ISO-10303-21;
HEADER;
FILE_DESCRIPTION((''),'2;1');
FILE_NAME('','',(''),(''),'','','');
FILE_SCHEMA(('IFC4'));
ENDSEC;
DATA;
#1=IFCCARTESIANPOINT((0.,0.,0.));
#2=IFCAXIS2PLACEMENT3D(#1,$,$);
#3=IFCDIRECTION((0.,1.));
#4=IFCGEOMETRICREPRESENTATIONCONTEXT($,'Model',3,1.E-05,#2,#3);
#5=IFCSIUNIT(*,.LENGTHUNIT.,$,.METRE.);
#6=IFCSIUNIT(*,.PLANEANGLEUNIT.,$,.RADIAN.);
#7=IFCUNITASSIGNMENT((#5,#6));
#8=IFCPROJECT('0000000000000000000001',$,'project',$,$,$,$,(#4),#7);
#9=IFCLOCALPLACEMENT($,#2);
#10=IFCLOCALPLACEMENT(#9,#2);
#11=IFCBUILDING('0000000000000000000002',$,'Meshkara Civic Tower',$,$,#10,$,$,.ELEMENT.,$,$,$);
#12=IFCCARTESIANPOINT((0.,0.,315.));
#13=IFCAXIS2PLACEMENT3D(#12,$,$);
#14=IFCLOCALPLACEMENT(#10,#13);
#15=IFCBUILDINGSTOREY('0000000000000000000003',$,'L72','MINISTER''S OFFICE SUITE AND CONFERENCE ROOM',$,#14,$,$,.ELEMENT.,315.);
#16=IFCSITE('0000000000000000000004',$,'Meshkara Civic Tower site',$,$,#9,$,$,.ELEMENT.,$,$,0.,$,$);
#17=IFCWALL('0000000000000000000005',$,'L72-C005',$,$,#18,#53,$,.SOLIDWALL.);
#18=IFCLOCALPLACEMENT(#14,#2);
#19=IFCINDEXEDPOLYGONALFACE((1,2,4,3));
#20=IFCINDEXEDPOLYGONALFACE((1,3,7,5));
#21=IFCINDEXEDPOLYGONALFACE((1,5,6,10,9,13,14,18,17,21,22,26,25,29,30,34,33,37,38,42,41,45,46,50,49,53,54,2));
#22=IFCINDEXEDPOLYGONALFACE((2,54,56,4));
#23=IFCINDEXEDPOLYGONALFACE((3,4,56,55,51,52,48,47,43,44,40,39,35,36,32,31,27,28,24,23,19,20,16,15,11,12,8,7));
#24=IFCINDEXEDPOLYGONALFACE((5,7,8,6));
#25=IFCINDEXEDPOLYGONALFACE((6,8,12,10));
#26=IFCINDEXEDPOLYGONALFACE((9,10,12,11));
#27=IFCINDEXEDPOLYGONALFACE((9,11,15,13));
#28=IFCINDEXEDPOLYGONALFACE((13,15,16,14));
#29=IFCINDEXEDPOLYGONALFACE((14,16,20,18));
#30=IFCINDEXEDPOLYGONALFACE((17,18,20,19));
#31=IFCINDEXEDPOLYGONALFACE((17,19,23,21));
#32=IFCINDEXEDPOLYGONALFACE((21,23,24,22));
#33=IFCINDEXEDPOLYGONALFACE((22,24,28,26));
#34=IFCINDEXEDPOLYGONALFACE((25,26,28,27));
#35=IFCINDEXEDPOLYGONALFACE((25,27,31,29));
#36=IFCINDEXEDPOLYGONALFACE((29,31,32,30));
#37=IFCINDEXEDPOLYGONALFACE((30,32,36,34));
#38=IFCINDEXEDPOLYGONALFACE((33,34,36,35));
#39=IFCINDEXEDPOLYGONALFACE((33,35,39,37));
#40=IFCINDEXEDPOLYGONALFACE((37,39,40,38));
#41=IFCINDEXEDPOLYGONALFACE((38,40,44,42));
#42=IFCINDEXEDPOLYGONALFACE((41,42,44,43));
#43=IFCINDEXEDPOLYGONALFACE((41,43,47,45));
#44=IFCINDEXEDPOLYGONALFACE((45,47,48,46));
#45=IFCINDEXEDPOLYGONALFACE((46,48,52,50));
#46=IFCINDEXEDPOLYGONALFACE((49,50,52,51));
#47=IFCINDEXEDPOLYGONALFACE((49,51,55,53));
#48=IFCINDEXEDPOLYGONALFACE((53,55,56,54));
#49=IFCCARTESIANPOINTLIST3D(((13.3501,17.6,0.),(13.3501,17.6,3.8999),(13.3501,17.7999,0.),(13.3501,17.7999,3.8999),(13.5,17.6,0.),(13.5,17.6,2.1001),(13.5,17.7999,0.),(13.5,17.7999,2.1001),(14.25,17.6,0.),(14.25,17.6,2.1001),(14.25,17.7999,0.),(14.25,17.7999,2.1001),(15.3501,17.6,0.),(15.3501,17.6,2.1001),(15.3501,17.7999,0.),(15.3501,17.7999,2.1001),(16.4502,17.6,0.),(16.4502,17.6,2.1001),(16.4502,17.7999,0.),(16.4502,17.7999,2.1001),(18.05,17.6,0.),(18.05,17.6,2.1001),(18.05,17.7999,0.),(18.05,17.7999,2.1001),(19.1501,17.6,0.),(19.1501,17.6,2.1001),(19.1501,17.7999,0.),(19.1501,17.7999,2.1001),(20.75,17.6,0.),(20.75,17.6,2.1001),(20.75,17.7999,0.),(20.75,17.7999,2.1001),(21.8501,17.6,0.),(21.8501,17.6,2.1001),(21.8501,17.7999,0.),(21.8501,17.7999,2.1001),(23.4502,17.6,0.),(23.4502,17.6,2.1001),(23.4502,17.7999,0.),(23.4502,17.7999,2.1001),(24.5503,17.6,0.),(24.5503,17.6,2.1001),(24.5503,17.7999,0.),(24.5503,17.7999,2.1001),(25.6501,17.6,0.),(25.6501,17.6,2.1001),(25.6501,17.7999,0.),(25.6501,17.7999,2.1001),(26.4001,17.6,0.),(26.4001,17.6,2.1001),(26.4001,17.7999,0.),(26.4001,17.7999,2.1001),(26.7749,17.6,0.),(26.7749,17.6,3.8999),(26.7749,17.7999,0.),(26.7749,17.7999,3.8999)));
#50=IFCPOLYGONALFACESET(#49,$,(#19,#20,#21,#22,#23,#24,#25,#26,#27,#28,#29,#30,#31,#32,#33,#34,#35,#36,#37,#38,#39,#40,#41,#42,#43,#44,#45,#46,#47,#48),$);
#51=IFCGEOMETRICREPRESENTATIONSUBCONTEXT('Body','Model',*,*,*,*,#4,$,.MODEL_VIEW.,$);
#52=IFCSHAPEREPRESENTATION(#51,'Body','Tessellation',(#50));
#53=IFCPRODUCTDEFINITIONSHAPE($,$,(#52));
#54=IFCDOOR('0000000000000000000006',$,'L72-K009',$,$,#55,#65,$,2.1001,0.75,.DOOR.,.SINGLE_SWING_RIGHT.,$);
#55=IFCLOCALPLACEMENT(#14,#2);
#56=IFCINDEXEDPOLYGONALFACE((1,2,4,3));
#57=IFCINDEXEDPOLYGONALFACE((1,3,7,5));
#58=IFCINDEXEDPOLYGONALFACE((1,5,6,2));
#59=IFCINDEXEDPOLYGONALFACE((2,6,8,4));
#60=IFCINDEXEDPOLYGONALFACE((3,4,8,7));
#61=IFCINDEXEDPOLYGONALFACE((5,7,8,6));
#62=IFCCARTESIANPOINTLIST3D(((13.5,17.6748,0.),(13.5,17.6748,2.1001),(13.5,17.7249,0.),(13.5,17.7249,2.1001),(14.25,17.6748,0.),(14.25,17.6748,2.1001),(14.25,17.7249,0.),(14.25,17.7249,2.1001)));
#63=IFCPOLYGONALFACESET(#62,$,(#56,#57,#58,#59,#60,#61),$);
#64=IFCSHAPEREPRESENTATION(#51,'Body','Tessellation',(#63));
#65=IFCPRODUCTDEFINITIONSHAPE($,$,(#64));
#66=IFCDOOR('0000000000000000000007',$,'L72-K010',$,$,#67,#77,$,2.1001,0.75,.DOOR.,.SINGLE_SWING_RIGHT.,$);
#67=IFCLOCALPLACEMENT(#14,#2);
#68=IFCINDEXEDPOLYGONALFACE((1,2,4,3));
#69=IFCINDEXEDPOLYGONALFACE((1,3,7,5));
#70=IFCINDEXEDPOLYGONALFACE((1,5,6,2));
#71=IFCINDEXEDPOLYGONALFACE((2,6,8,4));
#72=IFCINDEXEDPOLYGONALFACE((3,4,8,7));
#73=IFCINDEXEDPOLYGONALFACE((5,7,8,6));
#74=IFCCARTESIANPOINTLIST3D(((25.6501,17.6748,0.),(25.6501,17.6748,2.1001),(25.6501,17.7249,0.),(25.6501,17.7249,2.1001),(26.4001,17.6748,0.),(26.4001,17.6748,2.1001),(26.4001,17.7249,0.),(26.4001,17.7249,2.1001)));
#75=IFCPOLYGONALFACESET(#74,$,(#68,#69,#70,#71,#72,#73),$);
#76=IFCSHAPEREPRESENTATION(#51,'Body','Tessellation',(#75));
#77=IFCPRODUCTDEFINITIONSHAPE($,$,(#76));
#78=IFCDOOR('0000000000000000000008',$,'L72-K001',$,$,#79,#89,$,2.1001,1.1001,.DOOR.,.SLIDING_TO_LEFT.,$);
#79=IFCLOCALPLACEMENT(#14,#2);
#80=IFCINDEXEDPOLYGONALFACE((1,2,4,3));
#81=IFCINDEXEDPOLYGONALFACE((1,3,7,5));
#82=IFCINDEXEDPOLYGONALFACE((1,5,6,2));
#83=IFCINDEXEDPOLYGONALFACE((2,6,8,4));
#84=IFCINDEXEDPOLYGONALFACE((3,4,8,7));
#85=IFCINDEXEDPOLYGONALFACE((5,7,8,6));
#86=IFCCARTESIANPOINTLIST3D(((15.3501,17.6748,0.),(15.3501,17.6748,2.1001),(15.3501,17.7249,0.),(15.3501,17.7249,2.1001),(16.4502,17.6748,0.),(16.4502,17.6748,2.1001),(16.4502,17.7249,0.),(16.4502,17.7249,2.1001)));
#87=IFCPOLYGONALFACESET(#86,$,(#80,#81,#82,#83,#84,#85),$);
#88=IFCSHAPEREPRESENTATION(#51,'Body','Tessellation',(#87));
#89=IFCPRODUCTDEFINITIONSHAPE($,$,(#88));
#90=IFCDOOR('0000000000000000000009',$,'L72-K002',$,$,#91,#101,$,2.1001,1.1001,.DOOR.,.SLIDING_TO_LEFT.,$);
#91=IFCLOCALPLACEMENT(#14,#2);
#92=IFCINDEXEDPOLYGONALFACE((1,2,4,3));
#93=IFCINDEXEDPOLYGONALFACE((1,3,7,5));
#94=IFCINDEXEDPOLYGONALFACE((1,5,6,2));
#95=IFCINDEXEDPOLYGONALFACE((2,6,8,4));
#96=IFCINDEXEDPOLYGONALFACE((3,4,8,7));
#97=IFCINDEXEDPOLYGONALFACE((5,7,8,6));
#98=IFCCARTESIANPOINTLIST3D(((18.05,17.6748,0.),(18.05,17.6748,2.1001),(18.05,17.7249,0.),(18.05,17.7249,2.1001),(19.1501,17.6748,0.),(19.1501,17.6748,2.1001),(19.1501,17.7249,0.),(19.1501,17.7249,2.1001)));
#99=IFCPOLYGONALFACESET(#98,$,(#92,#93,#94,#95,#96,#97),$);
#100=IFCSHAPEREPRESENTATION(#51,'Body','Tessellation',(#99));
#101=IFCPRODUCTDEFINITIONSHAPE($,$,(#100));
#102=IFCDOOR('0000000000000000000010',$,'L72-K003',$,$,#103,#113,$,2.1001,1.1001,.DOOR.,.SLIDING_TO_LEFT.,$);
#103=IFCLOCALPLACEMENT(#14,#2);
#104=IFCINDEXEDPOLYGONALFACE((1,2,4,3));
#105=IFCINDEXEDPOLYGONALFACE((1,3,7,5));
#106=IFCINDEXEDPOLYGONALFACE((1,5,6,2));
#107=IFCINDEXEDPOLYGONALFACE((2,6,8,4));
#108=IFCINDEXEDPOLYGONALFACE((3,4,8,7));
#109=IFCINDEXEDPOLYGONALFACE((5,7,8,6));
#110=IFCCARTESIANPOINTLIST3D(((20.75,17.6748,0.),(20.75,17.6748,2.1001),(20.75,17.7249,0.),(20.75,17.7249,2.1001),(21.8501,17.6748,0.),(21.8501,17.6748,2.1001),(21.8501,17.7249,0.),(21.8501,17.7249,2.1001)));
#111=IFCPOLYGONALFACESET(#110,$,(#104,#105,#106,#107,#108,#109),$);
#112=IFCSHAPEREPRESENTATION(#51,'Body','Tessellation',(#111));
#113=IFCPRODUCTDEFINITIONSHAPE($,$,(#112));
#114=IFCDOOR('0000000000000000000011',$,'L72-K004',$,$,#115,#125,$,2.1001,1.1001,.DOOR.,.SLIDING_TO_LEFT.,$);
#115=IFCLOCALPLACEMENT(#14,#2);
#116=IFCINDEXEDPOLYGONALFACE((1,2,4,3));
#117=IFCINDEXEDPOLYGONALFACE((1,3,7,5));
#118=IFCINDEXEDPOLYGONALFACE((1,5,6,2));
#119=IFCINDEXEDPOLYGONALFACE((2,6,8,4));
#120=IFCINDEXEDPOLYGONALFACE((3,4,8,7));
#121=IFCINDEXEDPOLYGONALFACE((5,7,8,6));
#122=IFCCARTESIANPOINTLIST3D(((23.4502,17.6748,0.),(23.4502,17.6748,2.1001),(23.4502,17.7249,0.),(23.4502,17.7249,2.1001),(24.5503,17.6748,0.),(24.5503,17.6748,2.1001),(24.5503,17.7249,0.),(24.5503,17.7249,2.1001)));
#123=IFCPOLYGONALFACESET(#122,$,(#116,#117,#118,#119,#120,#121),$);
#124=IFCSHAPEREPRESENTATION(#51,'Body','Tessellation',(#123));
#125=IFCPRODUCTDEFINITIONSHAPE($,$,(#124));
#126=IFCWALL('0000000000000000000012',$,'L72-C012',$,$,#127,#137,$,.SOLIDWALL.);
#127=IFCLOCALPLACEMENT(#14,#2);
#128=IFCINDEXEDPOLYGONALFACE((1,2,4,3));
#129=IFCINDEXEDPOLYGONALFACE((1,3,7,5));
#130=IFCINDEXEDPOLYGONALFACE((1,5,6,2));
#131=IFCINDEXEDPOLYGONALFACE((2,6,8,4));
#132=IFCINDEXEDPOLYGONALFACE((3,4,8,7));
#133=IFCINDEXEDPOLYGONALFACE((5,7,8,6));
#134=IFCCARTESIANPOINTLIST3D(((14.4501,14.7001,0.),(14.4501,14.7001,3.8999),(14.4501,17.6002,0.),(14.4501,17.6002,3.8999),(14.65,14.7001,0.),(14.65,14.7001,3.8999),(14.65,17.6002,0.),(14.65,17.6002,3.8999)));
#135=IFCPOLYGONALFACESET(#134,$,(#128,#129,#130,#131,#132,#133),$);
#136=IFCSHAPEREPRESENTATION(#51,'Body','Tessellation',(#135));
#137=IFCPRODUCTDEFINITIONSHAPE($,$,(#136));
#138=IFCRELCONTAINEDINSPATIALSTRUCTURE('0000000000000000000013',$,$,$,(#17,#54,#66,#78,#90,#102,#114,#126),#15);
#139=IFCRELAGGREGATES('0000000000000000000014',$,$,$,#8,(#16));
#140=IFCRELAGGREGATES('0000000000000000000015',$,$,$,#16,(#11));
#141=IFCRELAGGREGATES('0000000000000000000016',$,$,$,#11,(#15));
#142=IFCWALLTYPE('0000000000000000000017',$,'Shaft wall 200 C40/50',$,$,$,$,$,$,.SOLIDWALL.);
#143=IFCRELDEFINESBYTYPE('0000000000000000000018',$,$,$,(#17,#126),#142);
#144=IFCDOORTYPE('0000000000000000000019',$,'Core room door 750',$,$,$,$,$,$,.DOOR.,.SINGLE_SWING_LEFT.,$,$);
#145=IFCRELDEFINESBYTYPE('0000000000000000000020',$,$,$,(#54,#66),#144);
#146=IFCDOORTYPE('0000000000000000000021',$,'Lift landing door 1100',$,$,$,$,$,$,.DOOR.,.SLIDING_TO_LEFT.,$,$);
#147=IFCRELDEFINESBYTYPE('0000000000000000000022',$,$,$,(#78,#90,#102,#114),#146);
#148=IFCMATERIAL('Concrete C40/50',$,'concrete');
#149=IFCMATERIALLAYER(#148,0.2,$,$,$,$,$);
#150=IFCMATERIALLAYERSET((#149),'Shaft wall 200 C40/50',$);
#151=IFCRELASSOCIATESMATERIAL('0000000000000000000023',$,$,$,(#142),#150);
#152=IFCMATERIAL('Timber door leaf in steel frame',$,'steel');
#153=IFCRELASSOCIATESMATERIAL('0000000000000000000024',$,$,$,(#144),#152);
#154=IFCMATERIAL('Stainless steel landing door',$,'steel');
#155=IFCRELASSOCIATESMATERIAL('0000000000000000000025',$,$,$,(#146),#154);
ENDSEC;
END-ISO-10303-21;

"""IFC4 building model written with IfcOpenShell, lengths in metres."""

from ifc_helpers import new_model, si_unit, direction, frame, frame_2d, origin, place, context, subcontext, project, spatial, rectangle, extrude, material, layer, layer_set, type_object, element, fill, save


model = new_model("IFC4")

# Units and contexts
model_context = context("Model", 3, precision=1e-05, world=origin(), true_north=direction((0.0, 1.0)))
body_context = subcontext(model_context, "Body", "Model", "MODEL_VIEW")
ifc_project = project(units=[si_unit("LENGTHUNIT", "METRE"), si_unit("PLANEANGLEUNIT", "RADIAN")], contexts=[model_context])

# Site, building, storey
site_placement = place(None, origin())
site = spatial("IfcSite", under=ifc_project, at=site_placement, Name="Meshkara Civic Tower site", CompositionType="ELEMENT", RefElevation=0.0)
building_placement = place(site_placement, origin())
building = spatial("IfcBuilding", under=site, at=building_placement, Name="Meshkara Civic Tower", CompositionType="ELEMENT")
storey_placement = place(building_placement, frame((0.0, 0.0, 315.0)))
storey = spatial("IfcBuildingStorey", under=building, at=storey_placement, Name="L72", Description="MINISTER'S OFFICE SUITE AND CONFERENCE ROOM", CompositionType="ELEMENT", Elevation=315.0)

# Wall, openings, doors
ifc_material_1 = material(Name="Concrete C40/50", Category="concrete")
ifc_layer_1 = layer(ifc_material_1, 0.2)
ifc_layer_set_1 = layer_set([ifc_layer_1], Name="Shaft wall 200 C40/50")
wall_type_1 = type_object("IfcWallType", Name="Shaft wall 200 C40/50", PredefinedType="SOLIDWALL", material=ifc_layer_set_1)
wall_1_placement = place(storey_placement, frame((13.3501, 17.7, 0.0), z_axis=(0.0, 0.0, 1.0), x_axis=(1.0, 0.0, 0.0)))
wall_1 = element("IfcWall", 1, at=wall_1_placement, inside=storey, type_object=wall_type_1, Name="L72-C005", PredefinedType="SOLIDWALL", context=body_context, shape_type="SweptSolid", body=[
    extrude(rectangle(XDim=13.4248, YDim=0.2, at=frame_2d((6.7124, 0.0))), origin(), (0.0, 0.0, 1.0), 3.8999),
])
opening_1_placement = place(wall_1_placement, frame((2.0, 0.0, 0.0)))
opening_1 = element("IfcOpeningElement", 2, at=opening_1_placement, cuts=wall_1, PredefinedType="OPENING", context=body_context, shape_type="SweptSolid", body=[
    extrude(rectangle(XDim=1.1001, YDim=2.1001, at=frame_2d((0.55, 1.05))), frame((0.0, 0.1099, 0.0), z_axis=(0.0, -1.0, 0.0), x_axis=(1.0, 0.0, 0.0)), (0.0, 0.0, 1.0), 0.22),
])
opening_2_placement = place(wall_1_placement, frame((4.7, 0.0, 0.0)))
opening_2 = element("IfcOpeningElement", 3, at=opening_2_placement, cuts=wall_1, PredefinedType="OPENING", context=body_context, shape_type="SweptSolid", body=[
    extrude(rectangle(XDim=1.1001, YDim=2.1001, at=frame_2d((0.55, 1.05))), frame((0.0, 0.1099, 0.0), z_axis=(0.0, -1.0, 0.0), x_axis=(1.0, 0.0, 0.0)), (0.0, 0.0, 1.0), 0.22),
])
opening_3_placement = place(wall_1_placement, frame((7.3999, 0.0, 0.0)))
opening_3 = element("IfcOpeningElement", 4, at=opening_3_placement, cuts=wall_1, PredefinedType="OPENING", context=body_context, shape_type="SweptSolid", body=[
    extrude(rectangle(XDim=1.1001, YDim=2.1001, at=frame_2d((0.55, 1.05))), frame((0.0, 0.1099, 0.0), z_axis=(0.0, -1.0, 0.0), x_axis=(1.0, 0.0, 0.0)), (0.0, 0.0, 1.0), 0.22),
])
opening_4_placement = place(wall_1_placement, frame((10.1001, 0.0, 0.0)))
opening_4 = element("IfcOpeningElement", 5, at=opening_4_placement, cuts=wall_1, PredefinedType="OPENING", context=body_context, shape_type="SweptSolid", body=[
    extrude(rectangle(XDim=1.1001, YDim=2.1001, at=frame_2d((0.55, 1.05))), frame((0.0, 0.1099, 0.0), z_axis=(0.0, -1.0, 0.0), x_axis=(1.0, 0.0, 0.0)), (0.0, 0.0, 1.0), 0.22),
])
opening_5_placement = place(wall_1_placement, frame((0.1499, 0.0, 0.0)))
opening_5 = element("IfcOpeningElement", 6, at=opening_5_placement, cuts=wall_1, PredefinedType="OPENING", context=body_context, shape_type="SweptSolid", body=[
    extrude(rectangle(XDim=0.75, YDim=2.1001, at=frame_2d((0.375, 1.05))), frame((0.0, 0.1099, 0.0), z_axis=(0.0, -1.0, 0.0), x_axis=(1.0, 0.0, 0.0)), (0.0, 0.0, 1.0), 0.22),
])
opening_6_placement = place(wall_1_placement, frame((12.3, 0.0, 0.0)))
opening_6 = element("IfcOpeningElement", 7, at=opening_6_placement, cuts=wall_1, PredefinedType="OPENING", context=body_context, shape_type="SweptSolid", body=[
    extrude(rectangle(XDim=0.75, YDim=2.1001, at=frame_2d((0.375, 1.05))), frame((0.0, 0.1099, 0.0), z_axis=(0.0, -1.0, 0.0), x_axis=(1.0, 0.0, 0.0)), (0.0, 0.0, 1.0), 0.22),
])
ifc_material_2 = material(Name="Timber door leaf in steel frame", Category="steel")
door_type_1 = type_object("IfcDoorType", Name="Core room door 750", OperationType="SINGLE_SWING_LEFT", PredefinedType="DOOR", material=ifc_material_2)
door_1_placement = place(opening_5_placement, origin())
door_1 = element("IfcDoor", 8, at=door_1_placement, inside=storey, type_object=door_type_1, Name="L72-K009", OperationType="SINGLE_SWING_RIGHT", OverallHeight=2.1001, OverallWidth=0.75, PredefinedType="DOOR", context=body_context, shape_type="SweptSolid", body=[
    extrude(rectangle(XDim=0.75, YDim=2.1001, at=frame_2d((0.375, 1.05))), frame((0.0, 0.0249, 0.0), z_axis=(0.0, -1.0, 0.0), x_axis=(1.0, 0.0, 0.0)), (0.0, 0.0, 1.0), 0.05),
])
fill(opening_5, door_1)
door_2_placement = place(opening_6_placement, origin())
door_2 = element("IfcDoor", 9, at=door_2_placement, inside=storey, type_object=door_type_1, Name="L72-K010", OperationType="SINGLE_SWING_RIGHT", OverallHeight=2.1001, OverallWidth=0.75, PredefinedType="DOOR", context=body_context, shape_type="SweptSolid", body=[
    extrude(rectangle(XDim=0.75, YDim=2.1001, at=frame_2d((0.375, 1.05))), frame((0.0, 0.0249, 0.0), z_axis=(0.0, -1.0, 0.0), x_axis=(1.0, 0.0, 0.0)), (0.0, 0.0, 1.0), 0.05),
])
fill(opening_6, door_2)
ifc_material_3 = material(Name="Stainless steel landing door", Category="steel")
door_type_2 = type_object("IfcDoorType", Name="Lift landing door 1100", OperationType="SLIDING_TO_LEFT", PredefinedType="DOOR", material=ifc_material_3)
door_3_placement = place(opening_1_placement, origin())
door_3 = element("IfcDoor", 10, at=door_3_placement, inside=storey, type_object=door_type_2, Name="L72-K001", OperationType="SLIDING_TO_LEFT", OverallHeight=2.1001, OverallWidth=1.1001, PredefinedType="DOOR", context=body_context, shape_type="SweptSolid", body=[
    extrude(rectangle(XDim=1.1001, YDim=2.1001, at=frame_2d((0.55, 1.05))), frame((0.0, 0.0249, 0.0), z_axis=(0.0, -1.0, 0.0), x_axis=(1.0, 0.0, 0.0)), (0.0, 0.0, 1.0), 0.05),
])
fill(opening_1, door_3)
door_4_placement = place(opening_2_placement, origin())
door_4 = element("IfcDoor", 11, at=door_4_placement, inside=storey, type_object=door_type_2, Name="L72-K002", OperationType="SLIDING_TO_LEFT", OverallHeight=2.1001, OverallWidth=1.1001, PredefinedType="DOOR", context=body_context, shape_type="SweptSolid", body=[
    extrude(rectangle(XDim=1.1001, YDim=2.1001, at=frame_2d((0.55, 1.05))), frame((0.0, 0.0249, 0.0), z_axis=(0.0, -1.0, 0.0), x_axis=(1.0, 0.0, 0.0)), (0.0, 0.0, 1.0), 0.05),
])
fill(opening_2, door_4)
door_5_placement = place(opening_3_placement, origin())
door_5 = element("IfcDoor", 12, at=door_5_placement, inside=storey, type_object=door_type_2, Name="L72-K003", OperationType="SLIDING_TO_LEFT", OverallHeight=2.1001, OverallWidth=1.1001, PredefinedType="DOOR", context=body_context, shape_type="SweptSolid", body=[
    extrude(rectangle(XDim=1.1001, YDim=2.1001, at=frame_2d((0.55, 1.05))), frame((0.0, 0.0249, 0.0), z_axis=(0.0, -1.0, 0.0), x_axis=(1.0, 0.0, 0.0)), (0.0, 0.0, 1.0), 0.05),
])
fill(opening_3, door_5)
door_6_placement = place(opening_4_placement, origin())
door_6 = element("IfcDoor", 13, at=door_6_placement, inside=storey, type_object=door_type_2, Name="L72-K004", OperationType="SLIDING_TO_LEFT", OverallHeight=2.1001, OverallWidth=1.1001, PredefinedType="DOOR", context=body_context, shape_type="SweptSolid", body=[
    extrude(rectangle(XDim=1.1001, YDim=2.1001, at=frame_2d((0.55, 1.05))), frame((0.0, 0.0249, 0.0), z_axis=(0.0, -1.0, 0.0), x_axis=(1.0, 0.0, 0.0)), (0.0, 0.0, 1.0), 0.05),
])
fill(opening_4, door_6)

# Wall
wall_2_placement = place(storey_placement, frame((14.55, 14.7, 0.0), z_axis=(0.0, 0.0, 1.0), x_axis=(0.0, 1.0, 0.0)))
element("IfcWall", 14, at=wall_2_placement, inside=storey, type_object=wall_type_1, Name="L72-C012", PredefinedType="SOLIDWALL", context=body_context, shape_type="SweptSolid", body=[
    extrude(rectangle(XDim=2.9001, YDim=0.2, at=frame_2d((1.4502, 0.0))), origin(), (0.0, 0.0, 1.0), 3.8999),
])

save(model, "model.ifc")
